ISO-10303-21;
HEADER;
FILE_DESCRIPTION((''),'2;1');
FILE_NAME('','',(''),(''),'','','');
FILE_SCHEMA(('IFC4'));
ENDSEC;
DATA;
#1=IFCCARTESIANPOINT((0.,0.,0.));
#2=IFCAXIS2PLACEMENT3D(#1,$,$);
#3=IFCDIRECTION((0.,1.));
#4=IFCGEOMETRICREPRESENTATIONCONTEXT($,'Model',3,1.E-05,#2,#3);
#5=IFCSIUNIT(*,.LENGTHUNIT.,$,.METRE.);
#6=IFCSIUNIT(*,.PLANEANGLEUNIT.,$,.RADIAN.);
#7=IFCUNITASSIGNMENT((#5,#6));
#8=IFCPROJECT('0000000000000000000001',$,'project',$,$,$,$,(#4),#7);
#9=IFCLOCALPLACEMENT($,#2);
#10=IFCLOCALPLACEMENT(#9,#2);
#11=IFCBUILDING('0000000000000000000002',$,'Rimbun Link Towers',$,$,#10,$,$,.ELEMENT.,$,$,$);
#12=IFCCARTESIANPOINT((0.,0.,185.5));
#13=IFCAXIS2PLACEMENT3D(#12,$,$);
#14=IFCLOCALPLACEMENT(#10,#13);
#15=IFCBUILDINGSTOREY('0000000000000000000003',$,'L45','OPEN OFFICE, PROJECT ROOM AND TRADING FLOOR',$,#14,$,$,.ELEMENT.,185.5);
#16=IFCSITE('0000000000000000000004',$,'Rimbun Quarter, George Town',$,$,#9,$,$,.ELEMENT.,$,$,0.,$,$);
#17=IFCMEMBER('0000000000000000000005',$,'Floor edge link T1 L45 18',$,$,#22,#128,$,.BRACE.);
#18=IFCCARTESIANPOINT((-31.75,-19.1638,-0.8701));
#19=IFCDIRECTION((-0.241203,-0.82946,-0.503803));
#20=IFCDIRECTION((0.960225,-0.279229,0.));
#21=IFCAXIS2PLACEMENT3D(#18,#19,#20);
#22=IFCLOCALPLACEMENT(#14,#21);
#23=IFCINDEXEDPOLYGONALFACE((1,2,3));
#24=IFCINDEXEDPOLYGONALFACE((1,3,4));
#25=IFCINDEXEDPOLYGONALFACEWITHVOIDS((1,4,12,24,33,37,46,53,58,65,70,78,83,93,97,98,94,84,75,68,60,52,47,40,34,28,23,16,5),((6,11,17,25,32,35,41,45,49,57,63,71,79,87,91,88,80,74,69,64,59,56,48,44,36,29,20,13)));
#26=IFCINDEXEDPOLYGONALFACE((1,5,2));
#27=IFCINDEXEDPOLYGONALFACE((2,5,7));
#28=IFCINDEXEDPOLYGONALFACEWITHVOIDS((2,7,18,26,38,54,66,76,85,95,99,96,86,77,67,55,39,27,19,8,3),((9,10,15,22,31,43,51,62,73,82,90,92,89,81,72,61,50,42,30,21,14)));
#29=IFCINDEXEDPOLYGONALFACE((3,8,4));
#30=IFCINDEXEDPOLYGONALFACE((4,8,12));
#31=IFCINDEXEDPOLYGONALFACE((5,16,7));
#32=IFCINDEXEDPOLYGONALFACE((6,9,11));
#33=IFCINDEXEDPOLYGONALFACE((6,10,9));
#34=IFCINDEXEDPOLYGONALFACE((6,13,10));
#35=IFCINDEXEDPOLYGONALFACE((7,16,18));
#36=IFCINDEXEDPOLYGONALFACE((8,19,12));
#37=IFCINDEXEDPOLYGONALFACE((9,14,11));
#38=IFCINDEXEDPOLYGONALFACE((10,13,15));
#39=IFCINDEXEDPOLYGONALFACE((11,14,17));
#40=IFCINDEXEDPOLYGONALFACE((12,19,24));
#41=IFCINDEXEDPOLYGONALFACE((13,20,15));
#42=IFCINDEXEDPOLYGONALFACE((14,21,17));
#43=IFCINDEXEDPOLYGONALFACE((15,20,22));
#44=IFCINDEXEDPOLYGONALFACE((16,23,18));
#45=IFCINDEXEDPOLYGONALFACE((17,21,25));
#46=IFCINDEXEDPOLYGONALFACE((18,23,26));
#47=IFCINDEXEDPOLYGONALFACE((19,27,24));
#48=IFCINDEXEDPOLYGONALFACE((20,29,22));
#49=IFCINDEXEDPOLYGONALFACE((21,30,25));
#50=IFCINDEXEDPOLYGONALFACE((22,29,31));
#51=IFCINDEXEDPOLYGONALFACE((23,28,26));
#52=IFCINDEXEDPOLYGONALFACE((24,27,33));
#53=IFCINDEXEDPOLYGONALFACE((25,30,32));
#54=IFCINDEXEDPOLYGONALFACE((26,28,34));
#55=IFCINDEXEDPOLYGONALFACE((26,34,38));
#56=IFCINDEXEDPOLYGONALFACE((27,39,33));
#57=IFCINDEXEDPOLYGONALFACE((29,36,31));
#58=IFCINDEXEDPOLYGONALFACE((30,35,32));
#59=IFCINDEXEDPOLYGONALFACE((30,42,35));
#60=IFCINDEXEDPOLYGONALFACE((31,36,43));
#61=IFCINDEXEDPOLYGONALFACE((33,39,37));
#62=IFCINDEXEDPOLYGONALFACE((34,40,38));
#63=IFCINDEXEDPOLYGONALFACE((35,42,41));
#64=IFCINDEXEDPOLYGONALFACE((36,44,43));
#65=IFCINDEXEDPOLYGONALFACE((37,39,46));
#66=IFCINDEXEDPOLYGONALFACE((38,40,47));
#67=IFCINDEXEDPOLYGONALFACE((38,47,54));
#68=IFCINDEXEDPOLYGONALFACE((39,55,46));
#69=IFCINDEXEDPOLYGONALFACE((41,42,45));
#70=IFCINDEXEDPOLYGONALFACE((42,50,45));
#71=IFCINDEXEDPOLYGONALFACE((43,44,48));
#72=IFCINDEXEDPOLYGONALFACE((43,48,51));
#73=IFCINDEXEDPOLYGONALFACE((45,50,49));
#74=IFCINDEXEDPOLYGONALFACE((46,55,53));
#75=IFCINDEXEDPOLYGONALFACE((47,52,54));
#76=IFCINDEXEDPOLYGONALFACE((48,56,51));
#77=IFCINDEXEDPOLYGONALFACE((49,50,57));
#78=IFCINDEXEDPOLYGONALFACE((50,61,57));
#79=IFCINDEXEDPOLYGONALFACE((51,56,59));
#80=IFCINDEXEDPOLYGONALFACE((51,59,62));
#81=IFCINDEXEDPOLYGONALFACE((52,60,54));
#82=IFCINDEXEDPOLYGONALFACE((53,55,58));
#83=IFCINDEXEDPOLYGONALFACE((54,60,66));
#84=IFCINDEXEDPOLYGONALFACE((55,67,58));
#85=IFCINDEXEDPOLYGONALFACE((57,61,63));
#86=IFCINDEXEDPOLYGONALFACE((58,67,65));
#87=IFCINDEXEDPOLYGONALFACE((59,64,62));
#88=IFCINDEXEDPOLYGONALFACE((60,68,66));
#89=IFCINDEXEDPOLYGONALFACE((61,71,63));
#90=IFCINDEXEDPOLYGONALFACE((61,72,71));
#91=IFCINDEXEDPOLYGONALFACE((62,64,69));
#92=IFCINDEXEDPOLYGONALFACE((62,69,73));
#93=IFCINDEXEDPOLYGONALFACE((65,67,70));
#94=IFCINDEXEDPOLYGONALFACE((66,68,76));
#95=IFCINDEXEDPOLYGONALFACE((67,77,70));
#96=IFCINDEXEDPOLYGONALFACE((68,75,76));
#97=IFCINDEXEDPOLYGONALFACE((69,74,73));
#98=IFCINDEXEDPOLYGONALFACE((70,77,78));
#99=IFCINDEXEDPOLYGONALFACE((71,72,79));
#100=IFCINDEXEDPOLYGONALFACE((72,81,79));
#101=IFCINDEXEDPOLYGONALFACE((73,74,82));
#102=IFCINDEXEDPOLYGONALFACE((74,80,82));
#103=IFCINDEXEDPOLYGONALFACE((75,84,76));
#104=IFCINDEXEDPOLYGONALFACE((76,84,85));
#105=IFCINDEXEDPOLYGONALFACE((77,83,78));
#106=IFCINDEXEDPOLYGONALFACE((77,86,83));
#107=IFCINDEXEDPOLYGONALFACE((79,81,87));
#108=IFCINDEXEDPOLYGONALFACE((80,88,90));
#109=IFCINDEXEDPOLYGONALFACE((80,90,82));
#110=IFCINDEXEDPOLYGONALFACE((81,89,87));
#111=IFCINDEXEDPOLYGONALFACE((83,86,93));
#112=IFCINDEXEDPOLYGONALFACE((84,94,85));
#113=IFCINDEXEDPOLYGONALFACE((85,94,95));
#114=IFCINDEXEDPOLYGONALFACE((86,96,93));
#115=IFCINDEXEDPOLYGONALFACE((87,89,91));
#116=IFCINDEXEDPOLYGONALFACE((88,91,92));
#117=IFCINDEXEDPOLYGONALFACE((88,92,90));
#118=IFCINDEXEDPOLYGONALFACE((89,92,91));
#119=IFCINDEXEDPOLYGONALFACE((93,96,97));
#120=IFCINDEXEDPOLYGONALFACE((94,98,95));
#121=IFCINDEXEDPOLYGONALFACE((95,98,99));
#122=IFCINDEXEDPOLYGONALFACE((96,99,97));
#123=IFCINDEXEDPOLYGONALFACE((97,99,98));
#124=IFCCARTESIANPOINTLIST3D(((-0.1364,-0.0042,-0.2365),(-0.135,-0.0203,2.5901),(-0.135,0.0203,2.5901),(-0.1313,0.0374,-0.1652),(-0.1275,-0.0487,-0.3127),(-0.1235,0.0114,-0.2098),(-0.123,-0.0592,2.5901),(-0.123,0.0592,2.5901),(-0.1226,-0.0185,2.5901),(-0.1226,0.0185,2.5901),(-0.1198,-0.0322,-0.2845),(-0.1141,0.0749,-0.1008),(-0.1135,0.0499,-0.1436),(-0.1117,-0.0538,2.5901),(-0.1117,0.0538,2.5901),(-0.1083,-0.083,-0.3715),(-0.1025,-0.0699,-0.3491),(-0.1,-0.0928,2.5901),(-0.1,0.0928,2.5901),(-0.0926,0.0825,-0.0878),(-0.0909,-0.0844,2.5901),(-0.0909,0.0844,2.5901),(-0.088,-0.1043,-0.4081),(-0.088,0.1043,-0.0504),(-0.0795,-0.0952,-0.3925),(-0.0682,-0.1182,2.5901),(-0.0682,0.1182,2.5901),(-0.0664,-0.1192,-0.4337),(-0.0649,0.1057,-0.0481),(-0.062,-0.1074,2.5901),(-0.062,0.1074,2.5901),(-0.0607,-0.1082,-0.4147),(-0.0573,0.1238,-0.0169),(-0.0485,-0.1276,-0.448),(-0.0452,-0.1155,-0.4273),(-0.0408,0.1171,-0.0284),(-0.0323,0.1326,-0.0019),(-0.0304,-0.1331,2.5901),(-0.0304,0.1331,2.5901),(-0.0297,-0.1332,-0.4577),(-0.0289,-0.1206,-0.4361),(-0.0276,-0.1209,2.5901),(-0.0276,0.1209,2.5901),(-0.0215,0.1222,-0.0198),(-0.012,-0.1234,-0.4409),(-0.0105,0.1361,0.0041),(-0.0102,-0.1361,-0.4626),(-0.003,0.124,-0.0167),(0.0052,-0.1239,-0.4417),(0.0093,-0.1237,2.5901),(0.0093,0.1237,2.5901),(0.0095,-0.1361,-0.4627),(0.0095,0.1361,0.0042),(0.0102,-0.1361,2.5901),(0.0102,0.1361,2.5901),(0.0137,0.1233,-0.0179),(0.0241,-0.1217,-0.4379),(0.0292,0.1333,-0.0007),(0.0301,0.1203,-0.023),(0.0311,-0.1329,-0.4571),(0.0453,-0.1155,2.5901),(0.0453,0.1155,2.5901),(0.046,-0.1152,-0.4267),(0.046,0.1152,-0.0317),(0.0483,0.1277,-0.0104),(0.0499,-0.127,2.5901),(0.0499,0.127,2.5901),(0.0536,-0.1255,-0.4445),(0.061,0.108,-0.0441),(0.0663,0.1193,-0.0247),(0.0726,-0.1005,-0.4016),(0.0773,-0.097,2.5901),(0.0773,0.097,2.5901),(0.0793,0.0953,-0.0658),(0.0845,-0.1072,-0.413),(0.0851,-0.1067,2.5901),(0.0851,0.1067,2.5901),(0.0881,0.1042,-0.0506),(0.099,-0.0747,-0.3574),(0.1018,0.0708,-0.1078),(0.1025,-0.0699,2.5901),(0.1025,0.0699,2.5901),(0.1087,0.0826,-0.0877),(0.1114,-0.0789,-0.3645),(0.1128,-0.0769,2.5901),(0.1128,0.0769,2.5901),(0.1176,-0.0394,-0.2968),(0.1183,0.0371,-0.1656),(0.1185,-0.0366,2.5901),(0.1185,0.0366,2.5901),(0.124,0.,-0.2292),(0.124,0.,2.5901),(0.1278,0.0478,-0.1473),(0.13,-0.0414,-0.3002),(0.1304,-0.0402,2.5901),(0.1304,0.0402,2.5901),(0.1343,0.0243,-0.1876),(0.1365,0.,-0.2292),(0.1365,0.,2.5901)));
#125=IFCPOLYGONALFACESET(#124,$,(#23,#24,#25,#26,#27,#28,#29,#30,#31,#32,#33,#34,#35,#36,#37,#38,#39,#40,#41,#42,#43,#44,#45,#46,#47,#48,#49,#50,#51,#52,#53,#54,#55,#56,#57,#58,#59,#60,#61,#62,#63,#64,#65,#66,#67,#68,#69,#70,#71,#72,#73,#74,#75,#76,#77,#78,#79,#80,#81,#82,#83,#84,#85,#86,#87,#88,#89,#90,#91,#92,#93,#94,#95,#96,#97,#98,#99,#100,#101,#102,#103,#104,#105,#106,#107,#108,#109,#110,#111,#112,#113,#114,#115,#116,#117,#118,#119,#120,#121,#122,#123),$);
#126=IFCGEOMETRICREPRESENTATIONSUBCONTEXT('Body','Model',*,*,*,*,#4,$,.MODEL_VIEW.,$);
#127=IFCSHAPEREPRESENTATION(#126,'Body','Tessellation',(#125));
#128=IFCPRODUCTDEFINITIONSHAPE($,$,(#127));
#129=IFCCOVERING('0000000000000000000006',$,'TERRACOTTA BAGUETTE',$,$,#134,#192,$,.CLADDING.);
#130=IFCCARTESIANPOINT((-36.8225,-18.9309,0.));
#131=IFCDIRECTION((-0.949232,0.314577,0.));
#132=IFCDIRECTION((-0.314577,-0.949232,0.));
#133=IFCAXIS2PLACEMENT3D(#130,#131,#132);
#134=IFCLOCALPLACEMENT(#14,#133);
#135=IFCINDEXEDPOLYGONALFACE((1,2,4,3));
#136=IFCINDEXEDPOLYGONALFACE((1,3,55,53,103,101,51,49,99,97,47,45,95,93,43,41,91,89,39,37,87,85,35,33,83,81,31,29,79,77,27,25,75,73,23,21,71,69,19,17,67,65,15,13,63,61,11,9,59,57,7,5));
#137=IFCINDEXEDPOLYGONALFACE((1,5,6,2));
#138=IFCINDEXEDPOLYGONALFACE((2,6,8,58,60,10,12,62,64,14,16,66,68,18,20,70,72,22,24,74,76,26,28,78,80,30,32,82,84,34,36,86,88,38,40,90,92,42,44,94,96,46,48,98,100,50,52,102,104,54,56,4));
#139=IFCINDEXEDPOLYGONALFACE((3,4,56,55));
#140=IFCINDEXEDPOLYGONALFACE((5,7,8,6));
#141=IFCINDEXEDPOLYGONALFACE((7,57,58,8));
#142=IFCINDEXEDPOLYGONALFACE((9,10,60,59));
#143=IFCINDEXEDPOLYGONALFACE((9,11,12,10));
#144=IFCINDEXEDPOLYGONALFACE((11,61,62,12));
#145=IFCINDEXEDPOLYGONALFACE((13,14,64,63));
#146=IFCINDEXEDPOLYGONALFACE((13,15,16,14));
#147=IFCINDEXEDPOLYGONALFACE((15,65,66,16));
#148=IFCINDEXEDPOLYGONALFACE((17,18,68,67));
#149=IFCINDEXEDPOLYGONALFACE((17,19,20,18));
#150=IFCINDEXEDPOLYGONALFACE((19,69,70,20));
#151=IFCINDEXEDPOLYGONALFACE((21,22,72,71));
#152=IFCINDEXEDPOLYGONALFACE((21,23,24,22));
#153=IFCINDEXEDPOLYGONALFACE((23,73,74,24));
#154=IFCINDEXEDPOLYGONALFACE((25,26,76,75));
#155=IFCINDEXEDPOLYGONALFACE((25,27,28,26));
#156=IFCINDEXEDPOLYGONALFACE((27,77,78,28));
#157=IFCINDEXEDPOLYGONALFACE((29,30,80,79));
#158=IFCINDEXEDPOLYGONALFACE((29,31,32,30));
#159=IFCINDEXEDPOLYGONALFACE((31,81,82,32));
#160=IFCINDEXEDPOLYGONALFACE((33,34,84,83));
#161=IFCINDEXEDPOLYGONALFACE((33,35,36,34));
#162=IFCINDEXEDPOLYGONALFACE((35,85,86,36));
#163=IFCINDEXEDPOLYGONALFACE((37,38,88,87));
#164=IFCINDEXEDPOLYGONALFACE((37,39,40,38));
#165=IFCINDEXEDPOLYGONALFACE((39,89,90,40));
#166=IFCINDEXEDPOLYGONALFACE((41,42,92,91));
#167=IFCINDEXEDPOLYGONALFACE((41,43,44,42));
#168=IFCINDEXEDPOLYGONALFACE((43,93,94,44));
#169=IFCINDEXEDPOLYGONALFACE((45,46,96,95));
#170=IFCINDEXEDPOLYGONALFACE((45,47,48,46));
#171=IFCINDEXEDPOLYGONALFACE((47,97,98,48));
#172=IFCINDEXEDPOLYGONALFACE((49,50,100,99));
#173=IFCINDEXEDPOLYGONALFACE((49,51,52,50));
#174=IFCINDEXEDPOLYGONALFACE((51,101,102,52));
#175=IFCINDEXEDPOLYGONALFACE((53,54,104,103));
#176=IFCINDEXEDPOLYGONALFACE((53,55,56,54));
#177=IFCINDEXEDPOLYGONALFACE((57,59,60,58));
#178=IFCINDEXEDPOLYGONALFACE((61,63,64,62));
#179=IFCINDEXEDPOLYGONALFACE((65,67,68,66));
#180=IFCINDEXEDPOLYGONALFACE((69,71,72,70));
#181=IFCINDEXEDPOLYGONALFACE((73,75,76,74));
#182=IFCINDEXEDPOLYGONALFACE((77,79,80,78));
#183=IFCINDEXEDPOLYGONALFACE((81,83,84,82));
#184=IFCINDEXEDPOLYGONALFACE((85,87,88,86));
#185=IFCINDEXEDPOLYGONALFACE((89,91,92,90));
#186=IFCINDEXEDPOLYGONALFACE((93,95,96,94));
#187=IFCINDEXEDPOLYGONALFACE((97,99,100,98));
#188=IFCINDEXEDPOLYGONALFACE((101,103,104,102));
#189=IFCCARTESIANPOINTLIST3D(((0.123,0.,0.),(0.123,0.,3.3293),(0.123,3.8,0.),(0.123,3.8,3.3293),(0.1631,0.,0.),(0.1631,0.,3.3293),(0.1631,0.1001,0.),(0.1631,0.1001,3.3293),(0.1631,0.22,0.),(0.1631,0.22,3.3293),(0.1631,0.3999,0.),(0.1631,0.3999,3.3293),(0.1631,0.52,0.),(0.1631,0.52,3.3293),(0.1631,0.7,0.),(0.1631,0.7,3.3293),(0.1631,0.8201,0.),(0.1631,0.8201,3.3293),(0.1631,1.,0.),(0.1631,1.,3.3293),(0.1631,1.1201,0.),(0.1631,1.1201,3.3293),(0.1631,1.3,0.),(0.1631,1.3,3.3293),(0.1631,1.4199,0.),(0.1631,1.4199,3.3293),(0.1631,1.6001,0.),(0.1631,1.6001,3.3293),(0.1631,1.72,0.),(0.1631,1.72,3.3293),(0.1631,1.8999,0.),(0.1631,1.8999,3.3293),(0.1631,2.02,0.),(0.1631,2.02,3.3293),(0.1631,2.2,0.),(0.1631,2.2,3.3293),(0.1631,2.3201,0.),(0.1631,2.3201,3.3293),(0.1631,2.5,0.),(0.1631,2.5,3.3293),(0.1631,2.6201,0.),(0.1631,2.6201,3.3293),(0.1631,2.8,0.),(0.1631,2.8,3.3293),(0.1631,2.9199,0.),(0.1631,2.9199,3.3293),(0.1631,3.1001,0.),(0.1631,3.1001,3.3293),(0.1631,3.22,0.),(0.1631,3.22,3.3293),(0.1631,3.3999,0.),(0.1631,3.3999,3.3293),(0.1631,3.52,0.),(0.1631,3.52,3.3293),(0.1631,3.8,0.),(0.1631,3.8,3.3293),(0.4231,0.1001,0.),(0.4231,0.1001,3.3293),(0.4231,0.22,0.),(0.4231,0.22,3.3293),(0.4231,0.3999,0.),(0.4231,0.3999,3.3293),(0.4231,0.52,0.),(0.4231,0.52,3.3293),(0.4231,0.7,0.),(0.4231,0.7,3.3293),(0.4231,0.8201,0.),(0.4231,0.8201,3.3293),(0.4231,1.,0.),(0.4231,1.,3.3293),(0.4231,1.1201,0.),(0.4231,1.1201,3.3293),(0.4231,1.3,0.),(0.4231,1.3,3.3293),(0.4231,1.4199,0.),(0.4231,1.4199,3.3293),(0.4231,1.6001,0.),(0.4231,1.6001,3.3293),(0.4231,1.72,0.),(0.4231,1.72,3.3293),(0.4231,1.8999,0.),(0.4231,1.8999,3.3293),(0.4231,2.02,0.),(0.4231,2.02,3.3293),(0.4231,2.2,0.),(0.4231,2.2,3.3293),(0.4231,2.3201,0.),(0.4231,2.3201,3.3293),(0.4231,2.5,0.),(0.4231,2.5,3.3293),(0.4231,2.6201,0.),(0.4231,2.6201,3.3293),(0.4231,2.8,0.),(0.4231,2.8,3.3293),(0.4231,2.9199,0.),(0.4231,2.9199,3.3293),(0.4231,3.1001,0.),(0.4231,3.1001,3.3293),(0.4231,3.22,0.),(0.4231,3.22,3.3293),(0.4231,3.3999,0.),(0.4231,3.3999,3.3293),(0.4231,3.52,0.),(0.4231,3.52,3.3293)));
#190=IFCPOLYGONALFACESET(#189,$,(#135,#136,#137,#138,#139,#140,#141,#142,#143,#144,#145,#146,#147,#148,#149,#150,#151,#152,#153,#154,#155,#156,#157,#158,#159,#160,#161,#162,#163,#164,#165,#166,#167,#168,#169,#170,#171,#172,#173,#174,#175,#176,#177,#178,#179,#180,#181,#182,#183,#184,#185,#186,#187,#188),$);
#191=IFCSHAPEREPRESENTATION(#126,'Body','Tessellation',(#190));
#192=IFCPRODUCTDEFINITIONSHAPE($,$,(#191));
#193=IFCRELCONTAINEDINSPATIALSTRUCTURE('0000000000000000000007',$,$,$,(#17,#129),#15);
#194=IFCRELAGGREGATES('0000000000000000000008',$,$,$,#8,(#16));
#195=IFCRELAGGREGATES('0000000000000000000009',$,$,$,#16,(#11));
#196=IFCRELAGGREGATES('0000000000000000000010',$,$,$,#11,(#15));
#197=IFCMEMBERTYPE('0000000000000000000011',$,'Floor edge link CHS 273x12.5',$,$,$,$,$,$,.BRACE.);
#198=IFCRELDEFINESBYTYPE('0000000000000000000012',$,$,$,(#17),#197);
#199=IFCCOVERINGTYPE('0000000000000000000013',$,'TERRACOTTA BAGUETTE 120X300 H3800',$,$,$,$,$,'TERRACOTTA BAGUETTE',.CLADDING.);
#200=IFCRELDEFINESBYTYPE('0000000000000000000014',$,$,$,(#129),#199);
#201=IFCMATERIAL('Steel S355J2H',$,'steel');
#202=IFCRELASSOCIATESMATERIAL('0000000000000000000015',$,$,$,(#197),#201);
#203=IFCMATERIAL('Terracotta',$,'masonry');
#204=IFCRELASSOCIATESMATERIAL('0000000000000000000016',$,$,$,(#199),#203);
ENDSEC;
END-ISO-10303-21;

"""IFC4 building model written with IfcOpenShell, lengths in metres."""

from ifc_helpers import new_model, si_unit, direction, frame, origin, origin_2d, place, context, subcontext, project, spatial, polyline, hollow_circle, outline, extrude, clip, halfspace, material, material_profile, profile_set, type_object, element, save


model = new_model("IFC4")

# Units and contexts
model_context = context("Model", 3, precision=1e-05, world=origin(), true_north=direction((0.0, 1.0)))
body_context = subcontext(model_context, "Body", "Model", "MODEL_VIEW")
ifc_project = project(units=[si_unit("LENGTHUNIT", "METRE"), si_unit("PLANEANGLEUNIT", "RADIAN")], contexts=[model_context])

# Site, building, storey
site_placement = place(None, origin())
site = spatial("IfcSite", under=ifc_project, at=site_placement, Name="Rimbun Quarter, George Town", CompositionType="ELEMENT", RefElevation=0.0)
building_placement = place(site_placement, origin())
building = spatial("IfcBuilding", under=site, at=building_placement, Name="Rimbun Link Towers", CompositionType="ELEMENT")
storey_placement = place(building_placement, frame((0.0, 0.0, 185.5)))
storey = spatial("IfcBuildingStorey", under=building, at=storey_placement, Name="L45", Description="OPEN OFFICE, PROJECT ROOM AND TRADING FLOOR", CompositionType="ELEMENT", Elevation=185.5)

# Member
ifc_material_1 = material(Name="Steel S355J2H", Category="steel")
ifc_material_profile_1 = material_profile(ifc_material_1, hollow_circle(Radius=0.1365, WallThickness=0.0125, at=origin_2d()), Name="CHS 273x12.5")
ifc_profile_set_1 = profile_set([ifc_material_profile_1], Name="Steel S355J2H")
member_type_1 = type_object("IfcMemberType", Name="Floor edge link CHS 273x12.5", PredefinedType="BRACE", material=ifc_profile_set_1)
member_1_placement = place(storey_placement, frame((-31.75, -19.1638, -0.8701), z_axis=(-0.241203, -0.82946, -0.503803), x_axis=(0.960225, -0.279229, 0.0)))
element("IfcMember", 1, at=member_1_placement, inside=storey, type_object=member_type_1, Name="Floor edge link T1 L45 18", PredefinedType="BRACE", context=body_context, shape_type="Clipping", body=[
    clip(extrude(hollow_circle(Radius=0.1365, WallThickness=0.0125, at=origin_2d()), frame((0.0, 0.0, -0.488)), (0.0, 0.0, 1.0), 3.0781), halfspace(frame((0.0, 0.0, -0.2292), z_axis=(0.0, 0.863819, -0.503803)), False)),
])

# Covering
ifc_material_2 = material(Name="Terracotta", Category="masonry")
ifc_material_profile_2 = material_profile(ifc_material_2, outline(polyline([(0.123, 0.0), (0.1631, 0.0), (0.1631, 0.1001), (0.4231, 0.1001), (0.4231, 0.22), (0.1631, 0.22), (0.1631, 0.3999), (0.4231, 0.3999), (0.4231, 0.52), (0.1631, 0.52), (0.1631, 0.7), (0.4231, 0.7), (0.4231, 0.8201), (0.1631, 0.8201), (0.1631, 1.0), (0.4231, 1.0), (0.4231, 1.1201), (0.1631, 1.1201), (0.1631, 1.3), (0.4231, 1.3), (0.4231, 1.4199), (0.1631, 1.4199), (0.1631, 1.6001), (0.4231, 1.6001), (0.4231, 1.72), (0.1631, 1.72), (0.1631, 1.8999), (0.4231, 1.8999), (0.4231, 2.02), (0.1631, 2.02), (0.1631, 2.2), (0.4231, 2.2), (0.4231, 2.3201), (0.1631, 2.3201), (0.1631, 2.5), (0.4231, 2.5), (0.4231, 2.6201), (0.1631, 2.6201), (0.1631, 2.8), (0.4231, 2.8), (0.4231, 2.9199), (0.1631, 2.9199), (0.1631, 3.1001), (0.4231, 3.1001), (0.4231, 3.22), (0.1631, 3.22), (0.1631, 3.3999), (0.4231, 3.3999), (0.4231, 3.52), (0.1631, 3.52), (0.1631, 3.8), (0.123, 3.8), (0.123, 0.0)])), Name="BAGUETTE 120X300")
ifc_profile_set_2 = profile_set([ifc_material_profile_2], Name="Terracotta")
covering_type = type_object("IfcCoveringType", Name="TERRACOTTA BAGUETTE 120X300 H3800", ElementType="TERRACOTTA BAGUETTE", PredefinedType="CLADDING", material=ifc_profile_set_2)
covering_1_placement = place(storey_placement, frame((-36.8225, -18.9309, 0.0), z_axis=(-0.949232, 0.314577, 0.0), x_axis=(-0.314577, -0.949232, 0.0)))
element("IfcCovering", 2, at=covering_1_placement, inside=storey, type_object=covering_type, Name="TERRACOTTA BAGUETTE", PredefinedType="CLADDING", context=body_context, shape_type="SweptSolid", body=[
    extrude(outline(polyline([(0.123, 0.0), (0.1631, 0.0), (0.1631, 0.1001), (0.4231, 0.1001), (0.4231, 0.22), (0.1631, 0.22), (0.1631, 0.3999), (0.4231, 0.3999), (0.4231, 0.52), (0.1631, 0.52), (0.1631, 0.7), (0.4231, 0.7), (0.4231, 0.8201), (0.1631, 0.8201), (0.1631, 1.0), (0.4231, 1.0), (0.4231, 1.1201), (0.1631, 1.1201), (0.1631, 1.3), (0.4231, 1.3), (0.4231, 1.4199), (0.1631, 1.4199), (0.1631, 1.6001), (0.4231, 1.6001), (0.4231, 1.72), (0.1631, 1.72), (0.1631, 1.8999), (0.4231, 1.8999), (0.4231, 2.02), (0.1631, 2.02), (0.1631, 2.2), (0.4231, 2.2), (0.4231, 2.3201), (0.1631, 2.3201), (0.1631, 2.5), (0.4231, 2.5), (0.4231, 2.6201), (0.1631, 2.6201), (0.1631, 2.8), (0.4231, 2.8), (0.4231, 2.9199), (0.1631, 2.9199), (0.1631, 3.1001), (0.4231, 3.1001), (0.4231, 3.22), (0.1631, 3.22), (0.1631, 3.3999), (0.4231, 3.3999), (0.4231, 3.52), (0.1631, 3.52), (0.1631, 3.8), (0.123, 3.8), (0.123, 0.0)])), origin(), (0.0, 0.0, 1.0), 3.3293),
])

save(model, "model.ifc")
